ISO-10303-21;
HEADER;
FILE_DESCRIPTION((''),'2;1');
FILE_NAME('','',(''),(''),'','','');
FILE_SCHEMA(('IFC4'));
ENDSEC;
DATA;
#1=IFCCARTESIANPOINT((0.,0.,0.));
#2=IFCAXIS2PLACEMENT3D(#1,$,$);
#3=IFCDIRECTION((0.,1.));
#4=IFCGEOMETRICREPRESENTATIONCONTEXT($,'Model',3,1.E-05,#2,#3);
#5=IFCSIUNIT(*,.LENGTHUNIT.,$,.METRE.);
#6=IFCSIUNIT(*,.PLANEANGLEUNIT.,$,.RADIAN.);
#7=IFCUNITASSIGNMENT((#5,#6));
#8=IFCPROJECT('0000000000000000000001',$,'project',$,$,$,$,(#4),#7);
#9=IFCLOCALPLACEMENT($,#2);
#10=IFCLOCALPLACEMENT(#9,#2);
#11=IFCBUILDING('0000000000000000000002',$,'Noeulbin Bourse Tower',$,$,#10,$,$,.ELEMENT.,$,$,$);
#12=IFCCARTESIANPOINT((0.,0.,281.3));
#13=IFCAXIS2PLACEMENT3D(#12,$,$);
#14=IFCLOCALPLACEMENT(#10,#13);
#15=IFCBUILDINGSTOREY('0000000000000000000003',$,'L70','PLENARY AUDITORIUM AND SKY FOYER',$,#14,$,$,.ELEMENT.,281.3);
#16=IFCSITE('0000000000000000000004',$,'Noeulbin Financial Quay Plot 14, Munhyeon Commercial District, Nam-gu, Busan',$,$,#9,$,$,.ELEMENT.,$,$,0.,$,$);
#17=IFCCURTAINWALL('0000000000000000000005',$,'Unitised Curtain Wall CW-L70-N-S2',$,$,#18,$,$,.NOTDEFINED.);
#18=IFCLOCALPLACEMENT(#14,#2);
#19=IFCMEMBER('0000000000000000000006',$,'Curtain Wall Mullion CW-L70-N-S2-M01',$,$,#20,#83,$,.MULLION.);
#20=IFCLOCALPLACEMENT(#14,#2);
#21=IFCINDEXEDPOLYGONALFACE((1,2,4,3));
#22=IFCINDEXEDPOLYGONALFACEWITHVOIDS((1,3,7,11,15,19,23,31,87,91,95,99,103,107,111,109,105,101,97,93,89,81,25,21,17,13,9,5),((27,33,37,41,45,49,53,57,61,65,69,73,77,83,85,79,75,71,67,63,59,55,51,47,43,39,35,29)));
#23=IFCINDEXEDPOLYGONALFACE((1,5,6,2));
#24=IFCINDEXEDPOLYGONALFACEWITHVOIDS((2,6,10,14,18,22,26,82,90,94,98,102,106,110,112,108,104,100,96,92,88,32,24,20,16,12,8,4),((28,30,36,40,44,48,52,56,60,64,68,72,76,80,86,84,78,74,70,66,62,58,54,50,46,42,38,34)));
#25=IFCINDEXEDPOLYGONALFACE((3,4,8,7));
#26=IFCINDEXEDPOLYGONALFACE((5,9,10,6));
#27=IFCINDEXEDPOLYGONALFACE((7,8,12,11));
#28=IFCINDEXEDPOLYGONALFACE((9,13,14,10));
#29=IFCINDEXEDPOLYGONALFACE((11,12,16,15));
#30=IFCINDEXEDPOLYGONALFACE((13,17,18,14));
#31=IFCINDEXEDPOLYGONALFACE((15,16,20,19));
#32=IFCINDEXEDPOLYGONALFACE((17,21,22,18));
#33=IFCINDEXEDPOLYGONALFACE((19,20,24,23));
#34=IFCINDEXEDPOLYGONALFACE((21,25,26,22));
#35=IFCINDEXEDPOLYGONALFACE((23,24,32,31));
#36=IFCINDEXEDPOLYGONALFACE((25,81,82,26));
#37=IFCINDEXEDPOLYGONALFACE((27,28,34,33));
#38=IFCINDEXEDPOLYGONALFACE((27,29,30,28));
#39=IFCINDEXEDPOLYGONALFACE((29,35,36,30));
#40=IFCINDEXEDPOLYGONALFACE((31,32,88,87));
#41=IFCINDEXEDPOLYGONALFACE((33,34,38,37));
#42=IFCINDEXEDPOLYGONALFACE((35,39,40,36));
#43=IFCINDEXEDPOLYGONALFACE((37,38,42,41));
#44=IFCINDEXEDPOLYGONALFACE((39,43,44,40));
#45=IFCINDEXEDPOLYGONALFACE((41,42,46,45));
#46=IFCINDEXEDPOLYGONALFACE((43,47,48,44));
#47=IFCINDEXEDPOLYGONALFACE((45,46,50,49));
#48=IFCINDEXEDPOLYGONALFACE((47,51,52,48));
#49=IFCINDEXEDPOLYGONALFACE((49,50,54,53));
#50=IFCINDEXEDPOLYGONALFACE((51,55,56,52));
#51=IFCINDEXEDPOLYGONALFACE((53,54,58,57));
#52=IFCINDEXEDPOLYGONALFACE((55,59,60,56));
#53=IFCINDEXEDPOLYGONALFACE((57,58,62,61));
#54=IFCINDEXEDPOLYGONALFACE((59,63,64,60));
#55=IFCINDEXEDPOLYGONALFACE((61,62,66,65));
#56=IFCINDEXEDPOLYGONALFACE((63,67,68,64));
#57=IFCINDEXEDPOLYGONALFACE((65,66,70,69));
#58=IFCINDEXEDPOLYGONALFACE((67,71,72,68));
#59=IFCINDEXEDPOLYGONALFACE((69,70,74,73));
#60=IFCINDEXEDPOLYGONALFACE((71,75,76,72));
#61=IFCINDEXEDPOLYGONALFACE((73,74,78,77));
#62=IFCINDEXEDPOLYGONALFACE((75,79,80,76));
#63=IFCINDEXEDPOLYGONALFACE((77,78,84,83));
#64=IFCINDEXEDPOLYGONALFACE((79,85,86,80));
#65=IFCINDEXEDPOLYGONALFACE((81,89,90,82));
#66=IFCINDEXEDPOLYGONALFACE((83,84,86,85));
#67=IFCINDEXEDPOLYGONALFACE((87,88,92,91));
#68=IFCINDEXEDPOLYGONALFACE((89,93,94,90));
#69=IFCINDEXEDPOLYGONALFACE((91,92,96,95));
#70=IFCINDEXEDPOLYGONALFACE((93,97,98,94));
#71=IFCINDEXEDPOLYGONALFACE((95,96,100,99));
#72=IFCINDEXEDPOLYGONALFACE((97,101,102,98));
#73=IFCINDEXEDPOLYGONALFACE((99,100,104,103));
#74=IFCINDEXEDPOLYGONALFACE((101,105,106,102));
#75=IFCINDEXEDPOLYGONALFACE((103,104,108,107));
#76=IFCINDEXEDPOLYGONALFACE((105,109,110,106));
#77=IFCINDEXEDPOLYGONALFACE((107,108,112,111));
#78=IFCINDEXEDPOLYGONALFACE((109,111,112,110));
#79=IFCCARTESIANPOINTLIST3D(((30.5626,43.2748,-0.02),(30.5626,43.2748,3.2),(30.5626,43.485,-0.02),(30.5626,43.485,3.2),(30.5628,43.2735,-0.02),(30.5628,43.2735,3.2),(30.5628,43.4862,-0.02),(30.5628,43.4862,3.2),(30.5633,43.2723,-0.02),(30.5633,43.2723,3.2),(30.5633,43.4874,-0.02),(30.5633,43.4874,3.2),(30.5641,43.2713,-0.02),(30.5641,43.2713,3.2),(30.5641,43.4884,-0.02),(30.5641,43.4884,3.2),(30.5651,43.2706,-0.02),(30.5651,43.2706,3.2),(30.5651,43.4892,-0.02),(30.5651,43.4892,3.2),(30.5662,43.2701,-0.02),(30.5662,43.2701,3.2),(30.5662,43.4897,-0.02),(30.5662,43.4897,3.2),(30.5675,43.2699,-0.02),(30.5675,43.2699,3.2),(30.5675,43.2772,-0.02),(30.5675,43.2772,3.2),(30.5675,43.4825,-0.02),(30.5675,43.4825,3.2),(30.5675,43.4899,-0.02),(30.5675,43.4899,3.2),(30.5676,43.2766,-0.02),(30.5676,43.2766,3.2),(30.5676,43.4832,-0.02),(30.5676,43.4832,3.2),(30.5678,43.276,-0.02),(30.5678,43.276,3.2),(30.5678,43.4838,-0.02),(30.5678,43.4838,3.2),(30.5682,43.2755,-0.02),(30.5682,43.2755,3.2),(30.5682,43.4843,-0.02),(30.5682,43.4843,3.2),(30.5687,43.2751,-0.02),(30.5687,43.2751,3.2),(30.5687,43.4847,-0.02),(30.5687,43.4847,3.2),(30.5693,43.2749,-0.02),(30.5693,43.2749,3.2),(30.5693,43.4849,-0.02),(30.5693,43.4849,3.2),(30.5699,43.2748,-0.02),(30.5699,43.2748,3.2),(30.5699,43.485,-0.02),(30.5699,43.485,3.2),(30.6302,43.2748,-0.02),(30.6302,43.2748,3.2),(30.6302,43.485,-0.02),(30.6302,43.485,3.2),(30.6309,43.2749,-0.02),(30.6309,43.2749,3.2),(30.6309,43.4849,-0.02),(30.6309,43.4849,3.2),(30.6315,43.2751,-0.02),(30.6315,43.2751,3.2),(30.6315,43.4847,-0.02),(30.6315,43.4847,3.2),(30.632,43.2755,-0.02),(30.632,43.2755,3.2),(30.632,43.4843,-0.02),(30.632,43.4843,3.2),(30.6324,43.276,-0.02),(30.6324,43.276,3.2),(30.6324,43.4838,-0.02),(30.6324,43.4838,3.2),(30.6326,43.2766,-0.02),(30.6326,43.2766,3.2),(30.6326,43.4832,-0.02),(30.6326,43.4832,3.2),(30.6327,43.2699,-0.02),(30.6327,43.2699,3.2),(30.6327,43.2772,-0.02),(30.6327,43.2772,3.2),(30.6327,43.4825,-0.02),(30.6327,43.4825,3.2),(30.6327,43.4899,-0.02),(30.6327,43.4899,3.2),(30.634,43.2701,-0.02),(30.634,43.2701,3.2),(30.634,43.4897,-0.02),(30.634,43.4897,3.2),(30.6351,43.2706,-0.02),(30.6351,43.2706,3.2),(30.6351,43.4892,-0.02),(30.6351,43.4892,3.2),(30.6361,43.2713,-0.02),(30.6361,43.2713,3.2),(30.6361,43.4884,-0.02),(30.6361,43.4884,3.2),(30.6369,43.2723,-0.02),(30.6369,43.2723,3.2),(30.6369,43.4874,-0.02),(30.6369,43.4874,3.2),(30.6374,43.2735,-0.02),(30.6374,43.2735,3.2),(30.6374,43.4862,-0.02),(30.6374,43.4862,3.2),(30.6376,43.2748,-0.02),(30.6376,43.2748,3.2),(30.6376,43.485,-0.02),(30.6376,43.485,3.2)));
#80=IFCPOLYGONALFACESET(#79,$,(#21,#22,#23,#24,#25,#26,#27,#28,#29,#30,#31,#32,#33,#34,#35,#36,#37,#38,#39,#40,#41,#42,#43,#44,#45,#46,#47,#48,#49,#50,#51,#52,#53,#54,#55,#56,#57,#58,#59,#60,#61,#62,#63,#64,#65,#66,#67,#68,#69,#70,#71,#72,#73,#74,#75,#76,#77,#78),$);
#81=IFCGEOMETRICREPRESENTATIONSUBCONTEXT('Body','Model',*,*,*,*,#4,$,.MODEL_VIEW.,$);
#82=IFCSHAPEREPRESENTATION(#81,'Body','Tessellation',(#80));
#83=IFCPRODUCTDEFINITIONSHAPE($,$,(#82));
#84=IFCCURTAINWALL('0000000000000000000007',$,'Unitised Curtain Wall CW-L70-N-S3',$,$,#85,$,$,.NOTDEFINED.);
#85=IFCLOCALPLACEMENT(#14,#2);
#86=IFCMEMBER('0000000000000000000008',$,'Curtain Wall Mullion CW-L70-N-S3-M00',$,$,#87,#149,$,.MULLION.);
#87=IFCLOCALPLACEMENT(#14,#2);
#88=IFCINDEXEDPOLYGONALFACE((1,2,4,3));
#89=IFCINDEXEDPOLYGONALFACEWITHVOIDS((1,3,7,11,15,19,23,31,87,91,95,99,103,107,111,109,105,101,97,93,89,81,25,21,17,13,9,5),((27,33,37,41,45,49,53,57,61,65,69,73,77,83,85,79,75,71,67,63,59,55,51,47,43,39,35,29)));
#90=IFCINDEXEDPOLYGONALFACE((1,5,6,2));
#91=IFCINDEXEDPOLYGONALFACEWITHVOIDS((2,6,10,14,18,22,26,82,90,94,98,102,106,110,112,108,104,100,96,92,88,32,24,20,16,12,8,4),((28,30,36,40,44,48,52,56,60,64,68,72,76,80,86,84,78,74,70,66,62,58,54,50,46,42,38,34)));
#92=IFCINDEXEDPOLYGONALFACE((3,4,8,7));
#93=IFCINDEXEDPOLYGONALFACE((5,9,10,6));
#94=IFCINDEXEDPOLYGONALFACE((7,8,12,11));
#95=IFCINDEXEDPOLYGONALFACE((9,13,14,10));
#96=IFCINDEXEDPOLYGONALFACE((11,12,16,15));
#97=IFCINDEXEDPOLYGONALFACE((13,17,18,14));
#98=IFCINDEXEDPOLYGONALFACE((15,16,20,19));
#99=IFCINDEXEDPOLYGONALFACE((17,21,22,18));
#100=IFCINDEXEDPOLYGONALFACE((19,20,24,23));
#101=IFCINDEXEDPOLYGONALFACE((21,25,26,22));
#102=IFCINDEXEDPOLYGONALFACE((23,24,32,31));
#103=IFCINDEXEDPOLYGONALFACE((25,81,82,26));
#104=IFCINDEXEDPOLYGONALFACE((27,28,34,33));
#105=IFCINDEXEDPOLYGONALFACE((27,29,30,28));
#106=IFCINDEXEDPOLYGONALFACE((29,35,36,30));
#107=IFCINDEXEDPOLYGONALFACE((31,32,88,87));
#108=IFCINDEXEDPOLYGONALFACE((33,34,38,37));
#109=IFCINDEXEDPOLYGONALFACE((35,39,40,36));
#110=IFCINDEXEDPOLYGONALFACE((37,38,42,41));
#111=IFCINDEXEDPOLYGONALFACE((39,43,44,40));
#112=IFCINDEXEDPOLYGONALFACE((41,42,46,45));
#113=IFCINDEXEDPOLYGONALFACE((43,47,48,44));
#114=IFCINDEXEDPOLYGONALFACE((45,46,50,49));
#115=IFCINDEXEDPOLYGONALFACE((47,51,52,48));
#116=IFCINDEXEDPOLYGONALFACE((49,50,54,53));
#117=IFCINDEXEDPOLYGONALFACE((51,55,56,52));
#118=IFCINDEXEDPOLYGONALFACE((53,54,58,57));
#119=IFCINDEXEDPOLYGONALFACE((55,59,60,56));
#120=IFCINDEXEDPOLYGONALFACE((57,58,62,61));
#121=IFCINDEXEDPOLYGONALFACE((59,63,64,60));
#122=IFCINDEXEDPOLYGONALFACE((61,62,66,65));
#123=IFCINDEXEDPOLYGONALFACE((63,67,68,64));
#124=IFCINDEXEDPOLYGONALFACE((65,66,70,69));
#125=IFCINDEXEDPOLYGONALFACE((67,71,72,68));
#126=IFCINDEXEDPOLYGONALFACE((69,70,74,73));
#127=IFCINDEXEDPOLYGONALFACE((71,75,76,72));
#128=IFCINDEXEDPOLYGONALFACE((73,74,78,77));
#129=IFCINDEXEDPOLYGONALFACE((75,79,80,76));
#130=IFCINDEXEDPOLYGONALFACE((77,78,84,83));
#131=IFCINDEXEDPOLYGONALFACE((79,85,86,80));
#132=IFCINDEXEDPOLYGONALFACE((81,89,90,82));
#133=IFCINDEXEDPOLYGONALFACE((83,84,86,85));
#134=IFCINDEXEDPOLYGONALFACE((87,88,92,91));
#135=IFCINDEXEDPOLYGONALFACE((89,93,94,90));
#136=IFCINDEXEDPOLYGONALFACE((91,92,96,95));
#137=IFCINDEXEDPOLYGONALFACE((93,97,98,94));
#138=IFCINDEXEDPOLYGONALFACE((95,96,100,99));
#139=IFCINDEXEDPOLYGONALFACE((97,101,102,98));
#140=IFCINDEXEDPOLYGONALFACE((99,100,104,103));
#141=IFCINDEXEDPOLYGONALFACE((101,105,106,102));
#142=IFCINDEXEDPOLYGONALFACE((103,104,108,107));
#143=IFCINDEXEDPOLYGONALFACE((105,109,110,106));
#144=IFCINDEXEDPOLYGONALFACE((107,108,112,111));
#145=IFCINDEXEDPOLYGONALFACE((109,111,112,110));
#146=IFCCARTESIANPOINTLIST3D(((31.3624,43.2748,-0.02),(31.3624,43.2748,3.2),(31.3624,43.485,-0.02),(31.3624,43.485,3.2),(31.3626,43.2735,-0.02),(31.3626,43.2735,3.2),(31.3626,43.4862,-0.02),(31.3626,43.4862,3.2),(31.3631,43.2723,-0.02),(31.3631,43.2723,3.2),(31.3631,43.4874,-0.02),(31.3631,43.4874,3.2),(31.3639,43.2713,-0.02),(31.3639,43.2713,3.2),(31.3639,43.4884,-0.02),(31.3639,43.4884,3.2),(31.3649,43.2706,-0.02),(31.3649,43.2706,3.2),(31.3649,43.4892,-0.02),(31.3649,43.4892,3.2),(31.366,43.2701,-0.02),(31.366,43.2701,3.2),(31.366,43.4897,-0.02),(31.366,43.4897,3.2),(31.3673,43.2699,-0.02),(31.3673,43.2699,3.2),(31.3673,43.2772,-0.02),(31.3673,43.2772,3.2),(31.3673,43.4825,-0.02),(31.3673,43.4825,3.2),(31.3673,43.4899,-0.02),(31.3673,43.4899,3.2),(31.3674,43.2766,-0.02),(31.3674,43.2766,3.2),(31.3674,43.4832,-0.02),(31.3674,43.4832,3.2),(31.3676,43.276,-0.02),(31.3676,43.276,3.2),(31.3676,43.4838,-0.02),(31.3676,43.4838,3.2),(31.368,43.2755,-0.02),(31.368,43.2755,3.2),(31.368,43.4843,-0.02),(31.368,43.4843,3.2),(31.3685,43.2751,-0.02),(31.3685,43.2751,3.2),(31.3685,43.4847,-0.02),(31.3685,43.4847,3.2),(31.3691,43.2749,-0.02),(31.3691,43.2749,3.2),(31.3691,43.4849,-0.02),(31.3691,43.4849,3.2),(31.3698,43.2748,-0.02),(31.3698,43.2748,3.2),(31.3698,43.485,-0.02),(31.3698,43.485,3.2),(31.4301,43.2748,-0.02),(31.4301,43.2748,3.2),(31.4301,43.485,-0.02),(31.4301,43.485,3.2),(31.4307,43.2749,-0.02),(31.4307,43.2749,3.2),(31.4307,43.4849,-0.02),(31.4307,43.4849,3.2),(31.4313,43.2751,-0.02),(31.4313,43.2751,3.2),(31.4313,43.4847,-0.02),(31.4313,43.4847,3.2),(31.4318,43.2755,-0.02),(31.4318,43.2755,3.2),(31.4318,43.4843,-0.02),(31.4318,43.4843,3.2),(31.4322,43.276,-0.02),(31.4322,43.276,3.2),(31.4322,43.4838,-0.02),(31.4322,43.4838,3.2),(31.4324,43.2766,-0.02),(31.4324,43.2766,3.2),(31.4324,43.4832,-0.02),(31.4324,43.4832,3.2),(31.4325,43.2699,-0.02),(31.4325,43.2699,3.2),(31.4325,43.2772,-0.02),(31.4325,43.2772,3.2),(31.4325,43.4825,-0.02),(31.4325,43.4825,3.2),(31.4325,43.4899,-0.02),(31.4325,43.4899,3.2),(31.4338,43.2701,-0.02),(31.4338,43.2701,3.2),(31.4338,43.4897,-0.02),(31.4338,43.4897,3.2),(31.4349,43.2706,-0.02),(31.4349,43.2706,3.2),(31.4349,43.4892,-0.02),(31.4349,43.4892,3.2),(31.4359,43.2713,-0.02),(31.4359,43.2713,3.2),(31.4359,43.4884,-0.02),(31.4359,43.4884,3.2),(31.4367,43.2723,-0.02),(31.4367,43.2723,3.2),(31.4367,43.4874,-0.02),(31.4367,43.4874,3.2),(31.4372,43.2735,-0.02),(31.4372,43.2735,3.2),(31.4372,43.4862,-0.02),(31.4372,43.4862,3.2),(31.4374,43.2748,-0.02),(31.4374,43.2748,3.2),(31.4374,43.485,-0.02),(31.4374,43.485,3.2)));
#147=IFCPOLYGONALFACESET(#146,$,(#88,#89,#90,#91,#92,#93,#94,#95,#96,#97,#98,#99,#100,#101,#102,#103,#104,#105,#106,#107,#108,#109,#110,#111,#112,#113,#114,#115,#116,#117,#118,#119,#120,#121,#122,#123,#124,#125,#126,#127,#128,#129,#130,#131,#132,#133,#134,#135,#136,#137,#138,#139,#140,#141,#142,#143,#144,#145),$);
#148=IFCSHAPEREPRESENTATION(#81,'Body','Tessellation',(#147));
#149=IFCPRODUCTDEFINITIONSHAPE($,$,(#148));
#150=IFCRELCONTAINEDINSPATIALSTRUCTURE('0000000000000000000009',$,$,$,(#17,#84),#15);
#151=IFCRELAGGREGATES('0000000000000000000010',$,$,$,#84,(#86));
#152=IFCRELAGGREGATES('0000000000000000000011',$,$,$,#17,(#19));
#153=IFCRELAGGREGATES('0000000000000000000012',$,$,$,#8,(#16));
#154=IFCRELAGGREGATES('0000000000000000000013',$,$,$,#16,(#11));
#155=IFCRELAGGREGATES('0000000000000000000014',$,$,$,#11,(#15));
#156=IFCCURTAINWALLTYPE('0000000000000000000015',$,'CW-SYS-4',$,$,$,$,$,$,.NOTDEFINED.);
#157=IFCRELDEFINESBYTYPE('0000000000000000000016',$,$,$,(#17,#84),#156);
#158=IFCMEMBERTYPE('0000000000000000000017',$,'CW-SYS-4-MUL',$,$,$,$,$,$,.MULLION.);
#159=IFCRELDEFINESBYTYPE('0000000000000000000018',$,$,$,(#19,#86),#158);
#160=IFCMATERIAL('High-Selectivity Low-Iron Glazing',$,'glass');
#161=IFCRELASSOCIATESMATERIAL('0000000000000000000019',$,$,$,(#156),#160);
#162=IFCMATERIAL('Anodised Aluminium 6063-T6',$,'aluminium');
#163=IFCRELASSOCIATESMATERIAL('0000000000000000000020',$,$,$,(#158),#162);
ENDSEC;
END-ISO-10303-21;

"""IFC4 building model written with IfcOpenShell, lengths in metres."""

from ifc_helpers import new_model, si_unit, direction, frame, origin, origin_2d, place, context, subcontext, project, spatial, hollow_rectangle, extrude, material, material_profile, profile_set, type_object, element, aggregate, save


model = new_model("IFC4")

# Units and contexts
model_context = context("Model", 3, precision=1e-05, world=origin(), true_north=direction((0.0, 1.0)))
body_context = subcontext(model_context, "Body", "Model", "MODEL_VIEW")
ifc_project = project(units=[si_unit("LENGTHUNIT", "METRE"), si_unit("PLANEANGLEUNIT", "RADIAN")], contexts=[model_context])

# Site, building, storey
site_placement = place(None, origin())
site = spatial("IfcSite", under=ifc_project, at=site_placement, Name="Noeulbin Financial Quay Plot 14, Munhyeon Commercial District, Nam-gu, Busan", CompositionType="ELEMENT", RefElevation=0.0)
building_placement = place(site_placement, origin())
building = spatial("IfcBuilding", under=site, at=building_placement, Name="Noeulbin Bourse Tower", CompositionType="ELEMENT")
storey_placement = place(building_placement, frame((0.0, 0.0, 281.3)))
storey = spatial("IfcBuildingStorey", under=building, at=storey_placement, Name="L70", Description="PLENARY AUDITORIUM AND SKY FOYER", CompositionType="ELEMENT", Elevation=281.3)

# Curtain wall, member
ifc_material_1 = material(Name="High-Selectivity Low-Iron Glazing", Category="glass")
curtain_wall_type = type_object("IfcCurtainWallType", Name="CW-SYS-4", PredefinedType="NOTDEFINED", material=ifc_material_1)
ifc_material_2 = material(Name="Anodised Aluminium 6063-T6", Category="aluminium")
ifc_material_profile_1 = material_profile(ifc_material_2, hollow_rectangle(XDim=0.075, YDim=0.22, WallThickness=0.0049, InnerFilletRadius=0.0024, OuterFilletRadius=0.0049, at=origin_2d()), Name="ALU-MULL-75x220x5", Category="LoadBearing")
ifc_profile_set_1 = profile_set([ifc_material_profile_1], Name="Anodised Aluminium 6063-T6")
member_type_1 = type_object("IfcMemberType", Name="CW-SYS-4-MUL", PredefinedType="MULLION", material=ifc_profile_set_1)
curtain_wall_1_placement = place(storey_placement, origin())
curtain_wall_1 = element("IfcCurtainWall", 1, at=curtain_wall_1_placement, inside=storey, type_object=curtain_wall_type, Name="Unitised Curtain Wall CW-L70-N-S2", PredefinedType="NOTDEFINED")
member_1_placement = place(storey_placement, frame((30.6001, 43.3799, -0.02), z_axis=(0.0, 0.0, 1.0), x_axis=(1.0, 0.0, 0.0)))
member_1 = element("IfcMember", 2, at=member_1_placement, type_object=member_type_1, Name="Curtain Wall Mullion CW-L70-N-S2-M01", PredefinedType="MULLION", context=body_context, shape_type="SweptSolid", body=[
    extrude(hollow_rectangle(XDim=0.075, YDim=0.22, WallThickness=0.0049, InnerFilletRadius=0.0024, OuterFilletRadius=0.0049, at=origin_2d()), origin(), (0.0, 0.0, 1.0), 3.22),
])

# Curtain wall, member
curtain_wall_2_placement = place(storey_placement, origin())
curtain_wall_2 = element("IfcCurtainWall", 3, at=curtain_wall_2_placement, inside=storey, type_object=curtain_wall_type, Name="Unitised Curtain Wall CW-L70-N-S3", PredefinedType="NOTDEFINED")
member_2_placement = place(storey_placement, frame((31.3999, 43.3799, -0.02), z_axis=(0.0, 0.0, 1.0), x_axis=(1.0, 0.0, 0.0)))
member_2 = element("IfcMember", 4, at=member_2_placement, type_object=member_type_1, Name="Curtain Wall Mullion CW-L70-N-S3-M00", PredefinedType="MULLION", context=body_context, shape_type="SweptSolid", body=[
    extrude(hollow_rectangle(XDim=0.075, YDim=0.22, WallThickness=0.0049, InnerFilletRadius=0.0024, OuterFilletRadius=0.0049, at=origin_2d()), origin(), (0.0, 0.0, 1.0), 3.22),
])
aggregate(curtain_wall_2, [member_2])

aggregate(curtain_wall_1, [member_1])

save(model, "model.ifc")
